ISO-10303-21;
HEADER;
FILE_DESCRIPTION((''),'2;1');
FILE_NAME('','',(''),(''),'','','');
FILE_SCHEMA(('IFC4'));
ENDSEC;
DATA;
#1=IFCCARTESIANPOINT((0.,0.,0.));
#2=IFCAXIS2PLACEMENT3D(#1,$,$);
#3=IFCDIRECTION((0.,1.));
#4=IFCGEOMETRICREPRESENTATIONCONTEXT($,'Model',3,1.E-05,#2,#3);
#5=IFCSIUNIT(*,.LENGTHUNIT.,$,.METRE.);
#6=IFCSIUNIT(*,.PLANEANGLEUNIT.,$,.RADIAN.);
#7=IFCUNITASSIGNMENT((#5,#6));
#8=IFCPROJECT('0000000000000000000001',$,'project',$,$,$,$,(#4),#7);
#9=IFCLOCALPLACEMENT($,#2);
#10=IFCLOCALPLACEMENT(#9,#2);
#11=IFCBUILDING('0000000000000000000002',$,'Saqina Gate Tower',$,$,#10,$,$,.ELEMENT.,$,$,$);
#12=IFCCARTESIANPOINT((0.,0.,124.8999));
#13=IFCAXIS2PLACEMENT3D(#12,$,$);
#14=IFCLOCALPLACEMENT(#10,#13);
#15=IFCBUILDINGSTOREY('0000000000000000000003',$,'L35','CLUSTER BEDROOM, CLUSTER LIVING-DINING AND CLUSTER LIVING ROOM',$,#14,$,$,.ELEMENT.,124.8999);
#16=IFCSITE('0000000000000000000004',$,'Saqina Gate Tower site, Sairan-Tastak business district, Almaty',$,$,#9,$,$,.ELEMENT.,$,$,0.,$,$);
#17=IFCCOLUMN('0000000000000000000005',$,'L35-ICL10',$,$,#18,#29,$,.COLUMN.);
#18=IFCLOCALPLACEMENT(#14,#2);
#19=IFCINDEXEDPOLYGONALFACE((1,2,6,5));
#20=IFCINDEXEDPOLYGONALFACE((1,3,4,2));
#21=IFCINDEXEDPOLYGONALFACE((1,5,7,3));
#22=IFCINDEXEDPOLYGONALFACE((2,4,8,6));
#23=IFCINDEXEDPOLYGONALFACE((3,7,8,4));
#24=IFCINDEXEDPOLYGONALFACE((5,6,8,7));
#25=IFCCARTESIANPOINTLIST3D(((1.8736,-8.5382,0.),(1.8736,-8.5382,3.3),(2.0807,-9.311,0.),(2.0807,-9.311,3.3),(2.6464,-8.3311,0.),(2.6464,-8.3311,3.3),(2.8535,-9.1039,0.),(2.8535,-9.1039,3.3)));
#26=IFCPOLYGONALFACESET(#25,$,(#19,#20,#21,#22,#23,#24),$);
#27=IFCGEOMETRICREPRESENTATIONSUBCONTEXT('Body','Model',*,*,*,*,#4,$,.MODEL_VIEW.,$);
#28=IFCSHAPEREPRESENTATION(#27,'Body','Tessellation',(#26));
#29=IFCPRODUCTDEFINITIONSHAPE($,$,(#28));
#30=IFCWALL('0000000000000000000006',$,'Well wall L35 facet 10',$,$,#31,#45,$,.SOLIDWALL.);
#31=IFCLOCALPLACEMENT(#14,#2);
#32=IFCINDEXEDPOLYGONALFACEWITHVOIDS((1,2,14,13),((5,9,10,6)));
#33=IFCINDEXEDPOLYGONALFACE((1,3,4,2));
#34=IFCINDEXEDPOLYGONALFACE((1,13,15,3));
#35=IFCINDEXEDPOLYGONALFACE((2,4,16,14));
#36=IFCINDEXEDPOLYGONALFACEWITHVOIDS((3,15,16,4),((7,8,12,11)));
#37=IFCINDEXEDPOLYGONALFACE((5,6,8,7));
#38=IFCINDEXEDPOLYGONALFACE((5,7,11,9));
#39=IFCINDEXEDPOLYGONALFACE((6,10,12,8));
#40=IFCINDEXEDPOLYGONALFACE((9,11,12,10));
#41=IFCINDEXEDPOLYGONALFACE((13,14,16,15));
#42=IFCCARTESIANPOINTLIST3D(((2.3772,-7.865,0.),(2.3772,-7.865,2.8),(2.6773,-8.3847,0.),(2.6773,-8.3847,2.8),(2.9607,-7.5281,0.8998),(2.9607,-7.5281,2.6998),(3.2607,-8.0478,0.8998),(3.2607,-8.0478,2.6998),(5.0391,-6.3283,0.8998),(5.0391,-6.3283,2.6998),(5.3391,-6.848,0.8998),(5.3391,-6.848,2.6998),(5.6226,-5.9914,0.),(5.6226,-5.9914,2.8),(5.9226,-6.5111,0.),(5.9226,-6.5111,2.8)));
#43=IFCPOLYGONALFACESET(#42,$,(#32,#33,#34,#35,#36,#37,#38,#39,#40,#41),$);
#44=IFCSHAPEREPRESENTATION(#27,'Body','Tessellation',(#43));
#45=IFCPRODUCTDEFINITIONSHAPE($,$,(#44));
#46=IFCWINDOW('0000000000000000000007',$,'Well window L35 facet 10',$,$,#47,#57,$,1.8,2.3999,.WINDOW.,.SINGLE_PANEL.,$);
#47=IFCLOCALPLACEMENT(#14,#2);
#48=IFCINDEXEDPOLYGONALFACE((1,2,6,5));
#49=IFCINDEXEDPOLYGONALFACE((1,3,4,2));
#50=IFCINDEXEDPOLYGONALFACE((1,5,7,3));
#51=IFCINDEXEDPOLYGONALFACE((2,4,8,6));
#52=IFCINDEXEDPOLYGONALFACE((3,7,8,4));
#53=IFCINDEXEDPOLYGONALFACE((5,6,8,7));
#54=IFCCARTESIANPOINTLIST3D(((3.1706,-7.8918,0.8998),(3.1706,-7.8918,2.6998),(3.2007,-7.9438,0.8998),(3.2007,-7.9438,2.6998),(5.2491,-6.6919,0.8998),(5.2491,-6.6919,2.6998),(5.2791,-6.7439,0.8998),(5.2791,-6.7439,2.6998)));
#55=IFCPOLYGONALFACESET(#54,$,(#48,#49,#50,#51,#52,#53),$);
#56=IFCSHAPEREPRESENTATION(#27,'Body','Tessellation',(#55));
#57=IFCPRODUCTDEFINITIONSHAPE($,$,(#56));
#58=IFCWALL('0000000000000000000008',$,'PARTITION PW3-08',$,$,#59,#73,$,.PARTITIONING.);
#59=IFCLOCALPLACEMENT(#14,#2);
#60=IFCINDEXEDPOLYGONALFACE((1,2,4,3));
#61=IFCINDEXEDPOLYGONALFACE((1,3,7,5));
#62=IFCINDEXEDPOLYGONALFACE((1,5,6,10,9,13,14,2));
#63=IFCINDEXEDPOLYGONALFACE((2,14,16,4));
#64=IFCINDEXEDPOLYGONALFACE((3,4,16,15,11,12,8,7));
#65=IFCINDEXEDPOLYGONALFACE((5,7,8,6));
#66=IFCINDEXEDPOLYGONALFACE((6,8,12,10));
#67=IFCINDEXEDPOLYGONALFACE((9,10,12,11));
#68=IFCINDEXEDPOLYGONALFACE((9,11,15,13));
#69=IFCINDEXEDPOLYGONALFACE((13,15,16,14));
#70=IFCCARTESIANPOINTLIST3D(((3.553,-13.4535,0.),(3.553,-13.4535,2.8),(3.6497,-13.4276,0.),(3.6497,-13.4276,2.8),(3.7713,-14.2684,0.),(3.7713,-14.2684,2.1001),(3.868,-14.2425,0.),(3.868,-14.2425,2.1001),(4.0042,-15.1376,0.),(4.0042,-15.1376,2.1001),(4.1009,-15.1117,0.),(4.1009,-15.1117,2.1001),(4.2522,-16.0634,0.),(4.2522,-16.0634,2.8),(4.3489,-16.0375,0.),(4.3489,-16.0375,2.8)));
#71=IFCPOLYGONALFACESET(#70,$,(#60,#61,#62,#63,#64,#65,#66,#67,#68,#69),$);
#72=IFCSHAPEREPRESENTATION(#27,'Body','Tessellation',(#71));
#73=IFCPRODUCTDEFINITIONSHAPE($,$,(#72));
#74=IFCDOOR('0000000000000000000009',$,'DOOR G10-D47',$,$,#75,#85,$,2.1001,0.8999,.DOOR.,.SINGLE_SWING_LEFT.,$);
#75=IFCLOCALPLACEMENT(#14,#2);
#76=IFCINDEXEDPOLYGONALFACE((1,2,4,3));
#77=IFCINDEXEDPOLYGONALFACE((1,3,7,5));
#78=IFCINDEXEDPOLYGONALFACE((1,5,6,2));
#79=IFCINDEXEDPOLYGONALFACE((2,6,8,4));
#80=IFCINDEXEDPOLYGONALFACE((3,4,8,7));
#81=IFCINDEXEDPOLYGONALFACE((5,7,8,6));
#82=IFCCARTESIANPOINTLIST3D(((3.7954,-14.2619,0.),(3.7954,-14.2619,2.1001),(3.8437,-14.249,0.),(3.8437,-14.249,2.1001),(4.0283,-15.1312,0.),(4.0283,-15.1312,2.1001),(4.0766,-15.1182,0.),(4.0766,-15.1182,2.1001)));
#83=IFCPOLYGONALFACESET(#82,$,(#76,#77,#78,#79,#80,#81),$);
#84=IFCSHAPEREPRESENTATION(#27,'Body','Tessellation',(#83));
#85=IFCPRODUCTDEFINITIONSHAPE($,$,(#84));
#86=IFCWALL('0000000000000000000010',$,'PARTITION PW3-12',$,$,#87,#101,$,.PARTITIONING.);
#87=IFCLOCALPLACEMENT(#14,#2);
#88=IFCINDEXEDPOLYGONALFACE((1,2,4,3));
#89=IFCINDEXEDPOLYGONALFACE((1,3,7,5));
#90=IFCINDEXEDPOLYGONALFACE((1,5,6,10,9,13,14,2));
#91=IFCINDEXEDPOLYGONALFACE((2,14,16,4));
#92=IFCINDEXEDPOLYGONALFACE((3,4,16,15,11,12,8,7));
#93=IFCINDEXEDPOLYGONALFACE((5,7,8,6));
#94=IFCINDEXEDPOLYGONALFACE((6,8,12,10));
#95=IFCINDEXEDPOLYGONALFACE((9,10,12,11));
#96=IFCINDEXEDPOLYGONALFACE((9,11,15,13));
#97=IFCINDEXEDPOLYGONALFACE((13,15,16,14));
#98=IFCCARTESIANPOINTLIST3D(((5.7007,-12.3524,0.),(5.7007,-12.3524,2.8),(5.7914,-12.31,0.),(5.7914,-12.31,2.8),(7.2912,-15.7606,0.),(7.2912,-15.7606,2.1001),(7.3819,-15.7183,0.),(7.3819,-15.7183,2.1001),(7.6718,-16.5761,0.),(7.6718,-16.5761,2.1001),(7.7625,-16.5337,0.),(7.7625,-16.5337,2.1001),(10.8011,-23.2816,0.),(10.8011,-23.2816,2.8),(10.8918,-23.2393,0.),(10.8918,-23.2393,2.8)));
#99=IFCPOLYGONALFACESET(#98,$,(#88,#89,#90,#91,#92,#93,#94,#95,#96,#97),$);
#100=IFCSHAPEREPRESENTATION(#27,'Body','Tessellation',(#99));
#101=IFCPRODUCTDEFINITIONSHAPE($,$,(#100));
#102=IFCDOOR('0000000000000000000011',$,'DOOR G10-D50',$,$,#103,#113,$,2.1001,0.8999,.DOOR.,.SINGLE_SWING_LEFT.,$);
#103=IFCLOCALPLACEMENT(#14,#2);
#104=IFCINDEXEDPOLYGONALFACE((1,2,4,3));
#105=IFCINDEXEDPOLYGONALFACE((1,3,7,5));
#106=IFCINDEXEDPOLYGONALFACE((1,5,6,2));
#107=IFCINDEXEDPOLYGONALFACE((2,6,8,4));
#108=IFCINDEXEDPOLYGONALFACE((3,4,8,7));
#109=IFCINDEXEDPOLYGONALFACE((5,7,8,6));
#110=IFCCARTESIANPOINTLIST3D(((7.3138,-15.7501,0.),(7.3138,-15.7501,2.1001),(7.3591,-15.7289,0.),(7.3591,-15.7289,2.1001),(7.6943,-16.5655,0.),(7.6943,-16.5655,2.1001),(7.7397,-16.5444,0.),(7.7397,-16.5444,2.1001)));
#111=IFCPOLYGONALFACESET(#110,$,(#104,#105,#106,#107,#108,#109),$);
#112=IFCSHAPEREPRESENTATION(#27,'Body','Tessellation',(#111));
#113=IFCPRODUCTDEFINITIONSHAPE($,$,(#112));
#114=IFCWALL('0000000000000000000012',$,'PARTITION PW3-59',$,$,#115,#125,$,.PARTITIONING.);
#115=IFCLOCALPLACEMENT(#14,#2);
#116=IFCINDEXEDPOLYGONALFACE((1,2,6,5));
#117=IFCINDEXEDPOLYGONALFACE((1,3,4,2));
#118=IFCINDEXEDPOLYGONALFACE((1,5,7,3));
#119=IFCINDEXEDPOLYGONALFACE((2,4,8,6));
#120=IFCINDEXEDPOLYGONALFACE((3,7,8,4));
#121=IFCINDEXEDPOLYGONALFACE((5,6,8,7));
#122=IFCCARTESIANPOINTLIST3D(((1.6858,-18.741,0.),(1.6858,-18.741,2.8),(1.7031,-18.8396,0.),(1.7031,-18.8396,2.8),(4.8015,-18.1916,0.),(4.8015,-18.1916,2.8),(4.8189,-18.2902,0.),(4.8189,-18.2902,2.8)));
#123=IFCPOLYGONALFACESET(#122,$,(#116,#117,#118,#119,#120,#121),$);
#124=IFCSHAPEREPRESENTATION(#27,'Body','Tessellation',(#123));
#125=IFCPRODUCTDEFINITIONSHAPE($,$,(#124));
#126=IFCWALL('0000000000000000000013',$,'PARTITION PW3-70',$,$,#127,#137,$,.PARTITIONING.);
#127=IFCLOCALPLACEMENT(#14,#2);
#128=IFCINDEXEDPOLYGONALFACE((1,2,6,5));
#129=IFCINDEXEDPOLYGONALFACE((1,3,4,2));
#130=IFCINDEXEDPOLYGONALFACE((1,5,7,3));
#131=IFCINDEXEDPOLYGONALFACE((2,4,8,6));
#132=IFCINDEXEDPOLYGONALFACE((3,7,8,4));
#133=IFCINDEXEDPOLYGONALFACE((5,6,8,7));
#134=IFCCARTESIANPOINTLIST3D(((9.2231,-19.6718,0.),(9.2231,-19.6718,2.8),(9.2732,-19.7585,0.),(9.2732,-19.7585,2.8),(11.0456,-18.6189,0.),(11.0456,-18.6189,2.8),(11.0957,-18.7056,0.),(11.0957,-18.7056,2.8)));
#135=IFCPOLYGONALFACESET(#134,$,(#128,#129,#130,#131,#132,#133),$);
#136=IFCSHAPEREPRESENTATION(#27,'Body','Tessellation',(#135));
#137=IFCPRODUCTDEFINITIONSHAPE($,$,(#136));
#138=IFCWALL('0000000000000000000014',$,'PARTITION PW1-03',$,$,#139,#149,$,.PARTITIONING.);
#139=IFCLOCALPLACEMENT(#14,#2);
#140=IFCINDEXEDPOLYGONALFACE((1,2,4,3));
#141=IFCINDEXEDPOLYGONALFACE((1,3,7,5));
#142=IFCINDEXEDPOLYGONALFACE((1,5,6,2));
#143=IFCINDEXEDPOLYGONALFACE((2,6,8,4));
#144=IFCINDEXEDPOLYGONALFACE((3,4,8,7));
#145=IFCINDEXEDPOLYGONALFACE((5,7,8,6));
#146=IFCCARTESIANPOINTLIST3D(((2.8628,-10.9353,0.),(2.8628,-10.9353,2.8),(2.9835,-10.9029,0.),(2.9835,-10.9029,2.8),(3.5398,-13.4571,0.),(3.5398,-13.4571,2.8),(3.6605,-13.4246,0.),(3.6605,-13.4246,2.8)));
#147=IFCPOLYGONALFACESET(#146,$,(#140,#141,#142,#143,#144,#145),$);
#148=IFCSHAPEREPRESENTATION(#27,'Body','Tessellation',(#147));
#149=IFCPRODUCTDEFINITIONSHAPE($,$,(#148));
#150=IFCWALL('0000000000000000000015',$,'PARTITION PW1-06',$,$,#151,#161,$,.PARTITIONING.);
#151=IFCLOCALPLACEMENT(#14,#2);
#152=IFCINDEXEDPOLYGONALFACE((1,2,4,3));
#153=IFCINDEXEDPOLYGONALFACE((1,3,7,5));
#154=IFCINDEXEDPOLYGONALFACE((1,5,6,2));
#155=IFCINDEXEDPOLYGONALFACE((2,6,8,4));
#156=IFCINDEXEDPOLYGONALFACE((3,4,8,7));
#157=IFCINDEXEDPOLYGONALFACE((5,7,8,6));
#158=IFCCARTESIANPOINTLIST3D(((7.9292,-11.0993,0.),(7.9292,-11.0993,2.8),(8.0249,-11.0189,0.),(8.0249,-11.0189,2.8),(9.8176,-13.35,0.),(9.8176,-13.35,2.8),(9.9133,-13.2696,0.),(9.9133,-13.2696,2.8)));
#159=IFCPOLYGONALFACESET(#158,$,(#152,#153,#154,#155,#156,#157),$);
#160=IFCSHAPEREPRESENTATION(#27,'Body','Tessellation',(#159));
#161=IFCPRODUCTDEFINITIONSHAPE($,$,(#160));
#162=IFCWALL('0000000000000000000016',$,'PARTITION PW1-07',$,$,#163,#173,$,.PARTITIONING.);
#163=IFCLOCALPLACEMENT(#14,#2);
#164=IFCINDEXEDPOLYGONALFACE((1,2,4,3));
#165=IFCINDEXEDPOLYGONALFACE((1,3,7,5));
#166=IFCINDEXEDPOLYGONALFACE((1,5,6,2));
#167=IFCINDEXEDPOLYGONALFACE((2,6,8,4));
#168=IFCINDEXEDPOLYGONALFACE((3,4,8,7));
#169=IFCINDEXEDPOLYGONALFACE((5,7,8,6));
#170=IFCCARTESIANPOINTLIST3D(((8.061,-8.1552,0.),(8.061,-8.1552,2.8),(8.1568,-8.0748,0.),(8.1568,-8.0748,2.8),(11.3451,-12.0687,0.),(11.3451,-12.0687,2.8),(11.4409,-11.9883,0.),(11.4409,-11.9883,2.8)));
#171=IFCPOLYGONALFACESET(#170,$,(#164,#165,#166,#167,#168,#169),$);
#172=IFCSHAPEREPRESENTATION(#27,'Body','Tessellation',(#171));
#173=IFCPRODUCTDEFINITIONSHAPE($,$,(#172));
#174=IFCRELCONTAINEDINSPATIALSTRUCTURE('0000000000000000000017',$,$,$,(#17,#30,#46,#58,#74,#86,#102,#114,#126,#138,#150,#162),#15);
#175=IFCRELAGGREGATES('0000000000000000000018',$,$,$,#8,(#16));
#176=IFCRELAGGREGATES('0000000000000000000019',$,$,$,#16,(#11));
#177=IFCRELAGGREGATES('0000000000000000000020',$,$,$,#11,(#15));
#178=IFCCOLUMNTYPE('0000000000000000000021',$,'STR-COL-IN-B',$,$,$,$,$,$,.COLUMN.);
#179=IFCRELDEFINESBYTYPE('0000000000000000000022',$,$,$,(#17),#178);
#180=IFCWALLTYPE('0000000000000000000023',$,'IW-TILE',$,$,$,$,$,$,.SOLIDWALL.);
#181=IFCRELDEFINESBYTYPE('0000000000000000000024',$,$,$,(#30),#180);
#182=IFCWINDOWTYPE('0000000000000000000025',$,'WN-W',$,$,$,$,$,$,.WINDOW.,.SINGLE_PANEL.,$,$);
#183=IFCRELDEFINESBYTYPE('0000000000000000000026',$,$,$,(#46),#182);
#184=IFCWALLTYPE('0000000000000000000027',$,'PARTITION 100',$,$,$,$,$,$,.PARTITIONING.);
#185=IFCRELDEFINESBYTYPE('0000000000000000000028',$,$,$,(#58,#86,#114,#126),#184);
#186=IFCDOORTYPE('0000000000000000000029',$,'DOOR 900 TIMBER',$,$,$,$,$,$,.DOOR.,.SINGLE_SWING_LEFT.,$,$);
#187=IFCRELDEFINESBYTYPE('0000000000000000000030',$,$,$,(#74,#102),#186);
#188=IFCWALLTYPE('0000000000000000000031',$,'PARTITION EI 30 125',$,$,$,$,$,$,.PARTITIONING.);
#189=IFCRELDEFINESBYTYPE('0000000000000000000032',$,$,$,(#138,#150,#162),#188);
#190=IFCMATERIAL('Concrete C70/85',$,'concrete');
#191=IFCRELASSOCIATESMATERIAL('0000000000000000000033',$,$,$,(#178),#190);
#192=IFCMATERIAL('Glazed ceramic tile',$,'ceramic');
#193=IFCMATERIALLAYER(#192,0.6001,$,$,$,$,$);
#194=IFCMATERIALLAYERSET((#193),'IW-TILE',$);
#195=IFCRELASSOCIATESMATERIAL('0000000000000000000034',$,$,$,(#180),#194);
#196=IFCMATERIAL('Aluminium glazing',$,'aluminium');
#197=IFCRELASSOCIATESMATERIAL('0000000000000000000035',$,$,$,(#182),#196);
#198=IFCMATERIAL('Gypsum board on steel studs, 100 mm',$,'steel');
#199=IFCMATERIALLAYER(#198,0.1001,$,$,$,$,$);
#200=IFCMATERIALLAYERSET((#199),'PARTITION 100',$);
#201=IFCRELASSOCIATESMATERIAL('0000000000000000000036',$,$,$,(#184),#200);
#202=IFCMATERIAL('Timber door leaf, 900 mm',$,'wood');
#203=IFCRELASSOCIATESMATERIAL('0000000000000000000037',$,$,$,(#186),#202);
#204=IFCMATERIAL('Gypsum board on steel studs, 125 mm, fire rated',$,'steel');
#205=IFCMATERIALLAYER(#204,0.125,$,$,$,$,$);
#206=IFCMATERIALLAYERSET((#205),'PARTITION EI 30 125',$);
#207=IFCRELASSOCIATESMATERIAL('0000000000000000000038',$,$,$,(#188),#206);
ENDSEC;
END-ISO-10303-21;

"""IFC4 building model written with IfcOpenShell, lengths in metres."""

from ifc_helpers import new_model, si_unit, direction, frame, frame_2d, origin, origin_2d, place, context, subcontext, project, spatial, rectangle, extrude, material, layer, layer_set, material_profile, profile_set, type_object, element, fill, save


model = new_model("IFC4")

# Units and contexts
model_context = context("Model", 3, precision=1e-05, world=origin(), true_north=direction((0.0, 1.0)))
body_context = subcontext(model_context, "Body", "Model", "MODEL_VIEW")
ifc_project = project(units=[si_unit("LENGTHUNIT", "METRE"), si_unit("PLANEANGLEUNIT", "RADIAN")], contexts=[model_context])

# Site, building, storey
site_placement = place(None, origin())
site = spatial("IfcSite", under=ifc_project, at=site_placement, Name="Saqina Gate Tower site, Sairan-Tastak business district, Almaty", CompositionType="ELEMENT", RefElevation=0.0)
building_placement = place(site_placement, origin())
building = spatial("IfcBuilding", under=site, at=building_placement, Name="Saqina Gate Tower", CompositionType="ELEMENT")
storey_placement = place(building_placement, frame((0.0, 0.0, 124.8999)))
storey = spatial("IfcBuildingStorey", under=building, at=storey_placement, Name="L35", Description="CLUSTER BEDROOM, CLUSTER LIVING-DINING AND CLUSTER LIVING ROOM", CompositionType="ELEMENT", Elevation=124.8999)

# Column
ifc_material_1 = material(Name="Concrete C70/85", Category="concrete")
ifc_material_profile = material_profile(ifc_material_1, rectangle(XDim=0.8, YDim=0.8, at=origin_2d()), Name="RC 800x800")
ifc_profile_set = profile_set([ifc_material_profile], Name="Concrete C70/85")
column_type = type_object("IfcColumnType", Name="STR-COL-IN-B", PredefinedType="COLUMN", material=ifc_profile_set)
column_placement = place(storey_placement, frame((2.3635, -8.821, 0.0), z_axis=(0.0, 0.0, 1.0), x_axis=(0.258819, -0.965926, 0.0)))
element("IfcColumn", 1, at=column_placement, inside=storey, type_object=column_type, Name="L35-ICL10", PredefinedType="COLUMN", context=body_context, shape_type="SweptSolid", body=[
    extrude(rectangle(XDim=0.8, YDim=0.8, at=origin_2d()), origin(), (0.0, 0.0, 1.0), 3.3),
])

# Wall, opening, window
ifc_material_2 = material(Name="Glazed ceramic tile", Category="ceramic")
ifc_layer_1 = layer(ifc_material_2, 0.6001)
ifc_layer_set_1 = layer_set([ifc_layer_1], Name="IW-TILE")
wall_type_1 = type_object("IfcWallType", Name="IW-TILE", PredefinedType="SOLIDWALL", material=ifc_layer_set_1)
wall_1_placement = place(storey_placement, frame((2.5273, -8.1248, 0.0), z_axis=(0.0, 0.0, 1.0), x_axis=(0.866046, 0.499965, 0.0)))
wall_1 = element("IfcWall", 2, at=wall_1_placement, inside=storey, type_object=wall_type_1, Name="Well wall L35 facet 10", PredefinedType="SOLIDWALL", context=body_context, shape_type="SweptSolid", body=[
    extrude(rectangle(XDim=3.7473, YDim=0.6001, at=frame_2d((1.8735, 0.0))), origin(), (0.0, 0.0, 1.0), 2.8),
])
opening_1_placement = place(wall_1_placement, frame((0.6736, 0.0, 0.8999)))
opening_1 = element("IfcOpeningElement", 3, at=opening_1_placement, cuts=wall_1, PredefinedType="OPENING", context=body_context, shape_type="SweptSolid", body=[
    extrude(rectangle(XDim=2.3999, YDim=1.8, at=frame_2d((1.2, 0.8999))), frame((0.0, 0.312, 0.0), z_axis=(0.0, -1.0, 0.0), x_axis=(1.0, 0.0, 0.0)), (0.0, 0.0, 1.0), 0.624),
])
ifc_material_3 = material(Name="Aluminium glazing", Category="aluminium")
window_type = type_object("IfcWindowType", Name="WN-W", PartitioningType="SINGLE_PANEL", PredefinedType="WINDOW", material=ifc_material_3)
window_placement = place(opening_1_placement, origin())
window = element("IfcWindow", 4, at=window_placement, inside=storey, type_object=window_type, Name="Well window L35 facet 10", OverallHeight=1.8, OverallWidth=2.3999, PartitioningType="SINGLE_PANEL", PredefinedType="WINDOW", context=body_context, shape_type="SweptSolid", body=[
    extrude(rectangle(XDim=2.3999, YDim=1.8, at=frame_2d((1.2, 0.8999))), frame((0.0, -0.1199, 0.0), z_axis=(0.0, -1.0, 0.0), x_axis=(1.0, 0.0, 0.0)), (0.0, 0.0, 1.0), 0.0601),
])
fill(opening_1, window)

# Walls, openings, doors
ifc_material_4 = material(Name="Gypsum board on steel studs, 100 mm", Category="steel")
ifc_layer_2 = layer(ifc_material_4, 0.1001)
ifc_layer_set_2 = layer_set([ifc_layer_2], Name="PARTITION 100")
wall_type_2 = type_object("IfcWallType", Name="PARTITION 100", PredefinedType="PARTITIONING", material=ifc_layer_set_2)
wall_2_placement = place(storey_placement, frame((3.6013, -13.4404, 0.0), z_axis=(0.0, 0.0, 1.0), x_axis=(0.258787, -0.965934, 0.0)))
wall_2 = element("IfcWall", 5, at=wall_2_placement, inside=storey, type_object=wall_type_2, Name="PARTITION PW3-08", PredefinedType="PARTITIONING", context=body_context, shape_type="SweptSolid", body=[
    extrude(rectangle(XDim=2.7019, YDim=0.1001, at=frame_2d((1.3511, 0.0))), origin(), (0.0, 0.0, 1.0), 2.8),
])
opening_2_placement = place(wall_2_placement, frame((0.8438, 0.0, 0.0)))
opening_2 = element("IfcOpeningElement", 6, at=opening_2_placement, cuts=wall_2, PredefinedType="OPENING", context=body_context, shape_type="SweptSolid", body=[
    extrude(rectangle(XDim=0.8999, YDim=2.1001, at=frame_2d((0.45, 1.05))), frame((0.0, 0.062, 0.0), z_axis=(0.0, -1.0, 0.0), x_axis=(1.0, 0.0, 0.0)), (0.0, 0.0, 1.0), 0.124),
])
ifc_material_5 = material(Name="Timber door leaf, 900 mm", Category="wood")
door_type = type_object("IfcDoorType", Name="DOOR 900 TIMBER", OperationType="SINGLE_SWING_LEFT", PredefinedType="DOOR", material=ifc_material_5)
door_1_placement = place(opening_2_placement, origin())
door_1 = element("IfcDoor", 7, at=door_1_placement, inside=storey, type_object=door_type, Name="DOOR G10-D47", OperationType="SINGLE_SWING_LEFT", OverallHeight=2.1001, OverallWidth=0.8999, PredefinedType="DOOR", context=body_context, shape_type="SweptSolid", body=[
    extrude(rectangle(XDim=0.8999, YDim=2.1001, at=frame_2d((0.45, 1.05))), frame((0.0, 0.0249, 0.0), z_axis=(0.0, -1.0, 0.0), x_axis=(1.0, 0.0, 0.0)), (0.0, 0.0, 1.0), 0.05),
])
fill(opening_2, door_1)
wall_3_placement = place(storey_placement, frame((5.7461, -12.3313, 0.0), z_axis=(0.0, 0.0, 1.0), x_axis=(0.422889, -0.906182, 0.0)))
wall_3 = element("IfcWall", 8, at=wall_3_placement, inside=storey, type_object=wall_type_2, Name="PARTITION PW3-12", PredefinedType="PARTITIONING", context=body_context, shape_type="SweptSolid", body=[
    extrude(rectangle(XDim=12.0608, YDim=0.1001, at=frame_2d((6.0303, 0.0))), origin(), (0.0, 0.0, 1.0), 2.8),
])
opening_3_placement = place(wall_3_placement, frame((3.761, 0.0, 0.0)))
opening_3 = element("IfcOpeningElement", 9, at=opening_3_placement, cuts=wall_3, PredefinedType="OPENING", context=body_context, shape_type="SweptSolid", body=[
    extrude(rectangle(XDim=0.8999, YDim=2.1001, at=frame_2d((0.45, 1.05))), frame((0.0, 0.062, 0.0), z_axis=(0.0, -1.0, 0.0), x_axis=(1.0, 0.0, 0.0)), (0.0, 0.0, 1.0), 0.124),
])
door_2_placement = place(opening_3_placement, origin())
door_2 = element("IfcDoor", 10, at=door_2_placement, inside=storey, type_object=door_type, Name="DOOR G10-D50", OperationType="SINGLE_SWING_LEFT", OverallHeight=2.1001, OverallWidth=0.8999, PredefinedType="DOOR", context=body_context, shape_type="SweptSolid", body=[
    extrude(rectangle(XDim=0.8999, YDim=2.1001, at=frame_2d((0.45, 1.05))), frame((0.0, 0.0249, 0.0), z_axis=(0.0, -1.0, 0.0), x_axis=(1.0, 0.0, 0.0)), (0.0, 0.0, 1.0), 0.05),
])
fill(opening_3, door_2)

# Walls
wall_4_placement = place(storey_placement, frame((1.6943, -18.7903, 0.0), z_axis=(0.0, 0.0, 1.0), x_axis=(0.984812, 0.173627, 0.0)))
element("IfcWall", 11, at=wall_4_placement, inside=storey, type_object=wall_type_2, Name="PARTITION PW3-59", PredefinedType="PARTITIONING", context=body_context, shape_type="SweptSolid", body=[
    extrude(rectangle(XDim=3.1638, YDim=0.1001, at=frame_2d((1.582, 0.0))), origin(), (0.0, 0.0, 1.0), 2.8),
])
wall_5_placement = place(storey_placement, frame((9.2483, -19.7151, 0.0), z_axis=(0.0, 0.0, 1.0), x_axis=(0.865871, 0.500268, 0.0)))
element("IfcWall", 12, at=wall_5_placement, inside=storey, type_object=wall_type_2, Name="PARTITION PW3-70", PredefinedType="PARTITIONING", context=body_context, shape_type="SweptSolid", body=[
    extrude(rectangle(XDim=2.1047, YDim=0.1001, at=frame_2d((1.0522, 0.0))), origin(), (0.0, 0.0, 1.0), 2.8),
])
ifc_material_6 = material(Name="Gypsum board on steel studs, 125 mm, fire rated", Category="steel")
ifc_layer_3 = layer(ifc_material_6, 0.125)
ifc_layer_set_3 = layer_set([ifc_layer_3], Name="PARTITION EI 30 125")
wall_type_3 = type_object("IfcWallType", Name="PARTITION EI 30 125", PredefinedType="PARTITIONING", material=ifc_layer_set_3)
wall_6_placement = place(storey_placement, frame((2.9231, -10.9189, 0.0), z_axis=(0.0, 0.0, 1.0), x_axis=(0.259286, -0.965801, 0.0)))
element("IfcWall", 13, at=wall_6_placement, inside=storey, type_object=wall_type_3, Name="PARTITION PW1-03", PredefinedType="PARTITIONING", context=body_context, shape_type="SweptSolid", body=[
    extrude(rectangle(XDim=2.6111, YDim=0.125, at=frame_2d((1.3057, 0.0))), origin(), (0.0, 0.0, 1.0), 2.8),
])
wall_7_placement = place(storey_placement, frame((7.9771, -11.0591, 0.0), z_axis=(0.0, 0.0, 1.0), x_axis=(0.642755, -0.766071, 0.0)))
element("IfcWall", 14, at=wall_7_placement, inside=storey, type_object=wall_type_3, Name="PARTITION PW1-06", PredefinedType="PARTITIONING", context=body_context, shape_type="SweptSolid", body=[
    extrude(rectangle(XDim=2.938, YDim=0.125, at=frame_2d((1.469, 0.0))), origin(), (0.0, 0.0, 1.0), 2.8),
])
wall_8_placement = place(storey_placement, frame((8.1089, -8.115, 0.0), z_axis=(0.0, 0.0, 1.0), x_axis=(0.642822, -0.766015, 0.0)))
element("IfcWall", 15, at=wall_8_placement, inside=storey, type_object=wall_type_3, Name="PARTITION PW1-07", PredefinedType="PARTITIONING", context=body_context, shape_type="SweptSolid", body=[
    extrude(rectangle(XDim=5.1089, YDim=0.125, at=frame_2d((2.5544, 0.0))), origin(), (0.0, 0.0, 1.0), 2.8),
])

save(model, "model.ifc")
